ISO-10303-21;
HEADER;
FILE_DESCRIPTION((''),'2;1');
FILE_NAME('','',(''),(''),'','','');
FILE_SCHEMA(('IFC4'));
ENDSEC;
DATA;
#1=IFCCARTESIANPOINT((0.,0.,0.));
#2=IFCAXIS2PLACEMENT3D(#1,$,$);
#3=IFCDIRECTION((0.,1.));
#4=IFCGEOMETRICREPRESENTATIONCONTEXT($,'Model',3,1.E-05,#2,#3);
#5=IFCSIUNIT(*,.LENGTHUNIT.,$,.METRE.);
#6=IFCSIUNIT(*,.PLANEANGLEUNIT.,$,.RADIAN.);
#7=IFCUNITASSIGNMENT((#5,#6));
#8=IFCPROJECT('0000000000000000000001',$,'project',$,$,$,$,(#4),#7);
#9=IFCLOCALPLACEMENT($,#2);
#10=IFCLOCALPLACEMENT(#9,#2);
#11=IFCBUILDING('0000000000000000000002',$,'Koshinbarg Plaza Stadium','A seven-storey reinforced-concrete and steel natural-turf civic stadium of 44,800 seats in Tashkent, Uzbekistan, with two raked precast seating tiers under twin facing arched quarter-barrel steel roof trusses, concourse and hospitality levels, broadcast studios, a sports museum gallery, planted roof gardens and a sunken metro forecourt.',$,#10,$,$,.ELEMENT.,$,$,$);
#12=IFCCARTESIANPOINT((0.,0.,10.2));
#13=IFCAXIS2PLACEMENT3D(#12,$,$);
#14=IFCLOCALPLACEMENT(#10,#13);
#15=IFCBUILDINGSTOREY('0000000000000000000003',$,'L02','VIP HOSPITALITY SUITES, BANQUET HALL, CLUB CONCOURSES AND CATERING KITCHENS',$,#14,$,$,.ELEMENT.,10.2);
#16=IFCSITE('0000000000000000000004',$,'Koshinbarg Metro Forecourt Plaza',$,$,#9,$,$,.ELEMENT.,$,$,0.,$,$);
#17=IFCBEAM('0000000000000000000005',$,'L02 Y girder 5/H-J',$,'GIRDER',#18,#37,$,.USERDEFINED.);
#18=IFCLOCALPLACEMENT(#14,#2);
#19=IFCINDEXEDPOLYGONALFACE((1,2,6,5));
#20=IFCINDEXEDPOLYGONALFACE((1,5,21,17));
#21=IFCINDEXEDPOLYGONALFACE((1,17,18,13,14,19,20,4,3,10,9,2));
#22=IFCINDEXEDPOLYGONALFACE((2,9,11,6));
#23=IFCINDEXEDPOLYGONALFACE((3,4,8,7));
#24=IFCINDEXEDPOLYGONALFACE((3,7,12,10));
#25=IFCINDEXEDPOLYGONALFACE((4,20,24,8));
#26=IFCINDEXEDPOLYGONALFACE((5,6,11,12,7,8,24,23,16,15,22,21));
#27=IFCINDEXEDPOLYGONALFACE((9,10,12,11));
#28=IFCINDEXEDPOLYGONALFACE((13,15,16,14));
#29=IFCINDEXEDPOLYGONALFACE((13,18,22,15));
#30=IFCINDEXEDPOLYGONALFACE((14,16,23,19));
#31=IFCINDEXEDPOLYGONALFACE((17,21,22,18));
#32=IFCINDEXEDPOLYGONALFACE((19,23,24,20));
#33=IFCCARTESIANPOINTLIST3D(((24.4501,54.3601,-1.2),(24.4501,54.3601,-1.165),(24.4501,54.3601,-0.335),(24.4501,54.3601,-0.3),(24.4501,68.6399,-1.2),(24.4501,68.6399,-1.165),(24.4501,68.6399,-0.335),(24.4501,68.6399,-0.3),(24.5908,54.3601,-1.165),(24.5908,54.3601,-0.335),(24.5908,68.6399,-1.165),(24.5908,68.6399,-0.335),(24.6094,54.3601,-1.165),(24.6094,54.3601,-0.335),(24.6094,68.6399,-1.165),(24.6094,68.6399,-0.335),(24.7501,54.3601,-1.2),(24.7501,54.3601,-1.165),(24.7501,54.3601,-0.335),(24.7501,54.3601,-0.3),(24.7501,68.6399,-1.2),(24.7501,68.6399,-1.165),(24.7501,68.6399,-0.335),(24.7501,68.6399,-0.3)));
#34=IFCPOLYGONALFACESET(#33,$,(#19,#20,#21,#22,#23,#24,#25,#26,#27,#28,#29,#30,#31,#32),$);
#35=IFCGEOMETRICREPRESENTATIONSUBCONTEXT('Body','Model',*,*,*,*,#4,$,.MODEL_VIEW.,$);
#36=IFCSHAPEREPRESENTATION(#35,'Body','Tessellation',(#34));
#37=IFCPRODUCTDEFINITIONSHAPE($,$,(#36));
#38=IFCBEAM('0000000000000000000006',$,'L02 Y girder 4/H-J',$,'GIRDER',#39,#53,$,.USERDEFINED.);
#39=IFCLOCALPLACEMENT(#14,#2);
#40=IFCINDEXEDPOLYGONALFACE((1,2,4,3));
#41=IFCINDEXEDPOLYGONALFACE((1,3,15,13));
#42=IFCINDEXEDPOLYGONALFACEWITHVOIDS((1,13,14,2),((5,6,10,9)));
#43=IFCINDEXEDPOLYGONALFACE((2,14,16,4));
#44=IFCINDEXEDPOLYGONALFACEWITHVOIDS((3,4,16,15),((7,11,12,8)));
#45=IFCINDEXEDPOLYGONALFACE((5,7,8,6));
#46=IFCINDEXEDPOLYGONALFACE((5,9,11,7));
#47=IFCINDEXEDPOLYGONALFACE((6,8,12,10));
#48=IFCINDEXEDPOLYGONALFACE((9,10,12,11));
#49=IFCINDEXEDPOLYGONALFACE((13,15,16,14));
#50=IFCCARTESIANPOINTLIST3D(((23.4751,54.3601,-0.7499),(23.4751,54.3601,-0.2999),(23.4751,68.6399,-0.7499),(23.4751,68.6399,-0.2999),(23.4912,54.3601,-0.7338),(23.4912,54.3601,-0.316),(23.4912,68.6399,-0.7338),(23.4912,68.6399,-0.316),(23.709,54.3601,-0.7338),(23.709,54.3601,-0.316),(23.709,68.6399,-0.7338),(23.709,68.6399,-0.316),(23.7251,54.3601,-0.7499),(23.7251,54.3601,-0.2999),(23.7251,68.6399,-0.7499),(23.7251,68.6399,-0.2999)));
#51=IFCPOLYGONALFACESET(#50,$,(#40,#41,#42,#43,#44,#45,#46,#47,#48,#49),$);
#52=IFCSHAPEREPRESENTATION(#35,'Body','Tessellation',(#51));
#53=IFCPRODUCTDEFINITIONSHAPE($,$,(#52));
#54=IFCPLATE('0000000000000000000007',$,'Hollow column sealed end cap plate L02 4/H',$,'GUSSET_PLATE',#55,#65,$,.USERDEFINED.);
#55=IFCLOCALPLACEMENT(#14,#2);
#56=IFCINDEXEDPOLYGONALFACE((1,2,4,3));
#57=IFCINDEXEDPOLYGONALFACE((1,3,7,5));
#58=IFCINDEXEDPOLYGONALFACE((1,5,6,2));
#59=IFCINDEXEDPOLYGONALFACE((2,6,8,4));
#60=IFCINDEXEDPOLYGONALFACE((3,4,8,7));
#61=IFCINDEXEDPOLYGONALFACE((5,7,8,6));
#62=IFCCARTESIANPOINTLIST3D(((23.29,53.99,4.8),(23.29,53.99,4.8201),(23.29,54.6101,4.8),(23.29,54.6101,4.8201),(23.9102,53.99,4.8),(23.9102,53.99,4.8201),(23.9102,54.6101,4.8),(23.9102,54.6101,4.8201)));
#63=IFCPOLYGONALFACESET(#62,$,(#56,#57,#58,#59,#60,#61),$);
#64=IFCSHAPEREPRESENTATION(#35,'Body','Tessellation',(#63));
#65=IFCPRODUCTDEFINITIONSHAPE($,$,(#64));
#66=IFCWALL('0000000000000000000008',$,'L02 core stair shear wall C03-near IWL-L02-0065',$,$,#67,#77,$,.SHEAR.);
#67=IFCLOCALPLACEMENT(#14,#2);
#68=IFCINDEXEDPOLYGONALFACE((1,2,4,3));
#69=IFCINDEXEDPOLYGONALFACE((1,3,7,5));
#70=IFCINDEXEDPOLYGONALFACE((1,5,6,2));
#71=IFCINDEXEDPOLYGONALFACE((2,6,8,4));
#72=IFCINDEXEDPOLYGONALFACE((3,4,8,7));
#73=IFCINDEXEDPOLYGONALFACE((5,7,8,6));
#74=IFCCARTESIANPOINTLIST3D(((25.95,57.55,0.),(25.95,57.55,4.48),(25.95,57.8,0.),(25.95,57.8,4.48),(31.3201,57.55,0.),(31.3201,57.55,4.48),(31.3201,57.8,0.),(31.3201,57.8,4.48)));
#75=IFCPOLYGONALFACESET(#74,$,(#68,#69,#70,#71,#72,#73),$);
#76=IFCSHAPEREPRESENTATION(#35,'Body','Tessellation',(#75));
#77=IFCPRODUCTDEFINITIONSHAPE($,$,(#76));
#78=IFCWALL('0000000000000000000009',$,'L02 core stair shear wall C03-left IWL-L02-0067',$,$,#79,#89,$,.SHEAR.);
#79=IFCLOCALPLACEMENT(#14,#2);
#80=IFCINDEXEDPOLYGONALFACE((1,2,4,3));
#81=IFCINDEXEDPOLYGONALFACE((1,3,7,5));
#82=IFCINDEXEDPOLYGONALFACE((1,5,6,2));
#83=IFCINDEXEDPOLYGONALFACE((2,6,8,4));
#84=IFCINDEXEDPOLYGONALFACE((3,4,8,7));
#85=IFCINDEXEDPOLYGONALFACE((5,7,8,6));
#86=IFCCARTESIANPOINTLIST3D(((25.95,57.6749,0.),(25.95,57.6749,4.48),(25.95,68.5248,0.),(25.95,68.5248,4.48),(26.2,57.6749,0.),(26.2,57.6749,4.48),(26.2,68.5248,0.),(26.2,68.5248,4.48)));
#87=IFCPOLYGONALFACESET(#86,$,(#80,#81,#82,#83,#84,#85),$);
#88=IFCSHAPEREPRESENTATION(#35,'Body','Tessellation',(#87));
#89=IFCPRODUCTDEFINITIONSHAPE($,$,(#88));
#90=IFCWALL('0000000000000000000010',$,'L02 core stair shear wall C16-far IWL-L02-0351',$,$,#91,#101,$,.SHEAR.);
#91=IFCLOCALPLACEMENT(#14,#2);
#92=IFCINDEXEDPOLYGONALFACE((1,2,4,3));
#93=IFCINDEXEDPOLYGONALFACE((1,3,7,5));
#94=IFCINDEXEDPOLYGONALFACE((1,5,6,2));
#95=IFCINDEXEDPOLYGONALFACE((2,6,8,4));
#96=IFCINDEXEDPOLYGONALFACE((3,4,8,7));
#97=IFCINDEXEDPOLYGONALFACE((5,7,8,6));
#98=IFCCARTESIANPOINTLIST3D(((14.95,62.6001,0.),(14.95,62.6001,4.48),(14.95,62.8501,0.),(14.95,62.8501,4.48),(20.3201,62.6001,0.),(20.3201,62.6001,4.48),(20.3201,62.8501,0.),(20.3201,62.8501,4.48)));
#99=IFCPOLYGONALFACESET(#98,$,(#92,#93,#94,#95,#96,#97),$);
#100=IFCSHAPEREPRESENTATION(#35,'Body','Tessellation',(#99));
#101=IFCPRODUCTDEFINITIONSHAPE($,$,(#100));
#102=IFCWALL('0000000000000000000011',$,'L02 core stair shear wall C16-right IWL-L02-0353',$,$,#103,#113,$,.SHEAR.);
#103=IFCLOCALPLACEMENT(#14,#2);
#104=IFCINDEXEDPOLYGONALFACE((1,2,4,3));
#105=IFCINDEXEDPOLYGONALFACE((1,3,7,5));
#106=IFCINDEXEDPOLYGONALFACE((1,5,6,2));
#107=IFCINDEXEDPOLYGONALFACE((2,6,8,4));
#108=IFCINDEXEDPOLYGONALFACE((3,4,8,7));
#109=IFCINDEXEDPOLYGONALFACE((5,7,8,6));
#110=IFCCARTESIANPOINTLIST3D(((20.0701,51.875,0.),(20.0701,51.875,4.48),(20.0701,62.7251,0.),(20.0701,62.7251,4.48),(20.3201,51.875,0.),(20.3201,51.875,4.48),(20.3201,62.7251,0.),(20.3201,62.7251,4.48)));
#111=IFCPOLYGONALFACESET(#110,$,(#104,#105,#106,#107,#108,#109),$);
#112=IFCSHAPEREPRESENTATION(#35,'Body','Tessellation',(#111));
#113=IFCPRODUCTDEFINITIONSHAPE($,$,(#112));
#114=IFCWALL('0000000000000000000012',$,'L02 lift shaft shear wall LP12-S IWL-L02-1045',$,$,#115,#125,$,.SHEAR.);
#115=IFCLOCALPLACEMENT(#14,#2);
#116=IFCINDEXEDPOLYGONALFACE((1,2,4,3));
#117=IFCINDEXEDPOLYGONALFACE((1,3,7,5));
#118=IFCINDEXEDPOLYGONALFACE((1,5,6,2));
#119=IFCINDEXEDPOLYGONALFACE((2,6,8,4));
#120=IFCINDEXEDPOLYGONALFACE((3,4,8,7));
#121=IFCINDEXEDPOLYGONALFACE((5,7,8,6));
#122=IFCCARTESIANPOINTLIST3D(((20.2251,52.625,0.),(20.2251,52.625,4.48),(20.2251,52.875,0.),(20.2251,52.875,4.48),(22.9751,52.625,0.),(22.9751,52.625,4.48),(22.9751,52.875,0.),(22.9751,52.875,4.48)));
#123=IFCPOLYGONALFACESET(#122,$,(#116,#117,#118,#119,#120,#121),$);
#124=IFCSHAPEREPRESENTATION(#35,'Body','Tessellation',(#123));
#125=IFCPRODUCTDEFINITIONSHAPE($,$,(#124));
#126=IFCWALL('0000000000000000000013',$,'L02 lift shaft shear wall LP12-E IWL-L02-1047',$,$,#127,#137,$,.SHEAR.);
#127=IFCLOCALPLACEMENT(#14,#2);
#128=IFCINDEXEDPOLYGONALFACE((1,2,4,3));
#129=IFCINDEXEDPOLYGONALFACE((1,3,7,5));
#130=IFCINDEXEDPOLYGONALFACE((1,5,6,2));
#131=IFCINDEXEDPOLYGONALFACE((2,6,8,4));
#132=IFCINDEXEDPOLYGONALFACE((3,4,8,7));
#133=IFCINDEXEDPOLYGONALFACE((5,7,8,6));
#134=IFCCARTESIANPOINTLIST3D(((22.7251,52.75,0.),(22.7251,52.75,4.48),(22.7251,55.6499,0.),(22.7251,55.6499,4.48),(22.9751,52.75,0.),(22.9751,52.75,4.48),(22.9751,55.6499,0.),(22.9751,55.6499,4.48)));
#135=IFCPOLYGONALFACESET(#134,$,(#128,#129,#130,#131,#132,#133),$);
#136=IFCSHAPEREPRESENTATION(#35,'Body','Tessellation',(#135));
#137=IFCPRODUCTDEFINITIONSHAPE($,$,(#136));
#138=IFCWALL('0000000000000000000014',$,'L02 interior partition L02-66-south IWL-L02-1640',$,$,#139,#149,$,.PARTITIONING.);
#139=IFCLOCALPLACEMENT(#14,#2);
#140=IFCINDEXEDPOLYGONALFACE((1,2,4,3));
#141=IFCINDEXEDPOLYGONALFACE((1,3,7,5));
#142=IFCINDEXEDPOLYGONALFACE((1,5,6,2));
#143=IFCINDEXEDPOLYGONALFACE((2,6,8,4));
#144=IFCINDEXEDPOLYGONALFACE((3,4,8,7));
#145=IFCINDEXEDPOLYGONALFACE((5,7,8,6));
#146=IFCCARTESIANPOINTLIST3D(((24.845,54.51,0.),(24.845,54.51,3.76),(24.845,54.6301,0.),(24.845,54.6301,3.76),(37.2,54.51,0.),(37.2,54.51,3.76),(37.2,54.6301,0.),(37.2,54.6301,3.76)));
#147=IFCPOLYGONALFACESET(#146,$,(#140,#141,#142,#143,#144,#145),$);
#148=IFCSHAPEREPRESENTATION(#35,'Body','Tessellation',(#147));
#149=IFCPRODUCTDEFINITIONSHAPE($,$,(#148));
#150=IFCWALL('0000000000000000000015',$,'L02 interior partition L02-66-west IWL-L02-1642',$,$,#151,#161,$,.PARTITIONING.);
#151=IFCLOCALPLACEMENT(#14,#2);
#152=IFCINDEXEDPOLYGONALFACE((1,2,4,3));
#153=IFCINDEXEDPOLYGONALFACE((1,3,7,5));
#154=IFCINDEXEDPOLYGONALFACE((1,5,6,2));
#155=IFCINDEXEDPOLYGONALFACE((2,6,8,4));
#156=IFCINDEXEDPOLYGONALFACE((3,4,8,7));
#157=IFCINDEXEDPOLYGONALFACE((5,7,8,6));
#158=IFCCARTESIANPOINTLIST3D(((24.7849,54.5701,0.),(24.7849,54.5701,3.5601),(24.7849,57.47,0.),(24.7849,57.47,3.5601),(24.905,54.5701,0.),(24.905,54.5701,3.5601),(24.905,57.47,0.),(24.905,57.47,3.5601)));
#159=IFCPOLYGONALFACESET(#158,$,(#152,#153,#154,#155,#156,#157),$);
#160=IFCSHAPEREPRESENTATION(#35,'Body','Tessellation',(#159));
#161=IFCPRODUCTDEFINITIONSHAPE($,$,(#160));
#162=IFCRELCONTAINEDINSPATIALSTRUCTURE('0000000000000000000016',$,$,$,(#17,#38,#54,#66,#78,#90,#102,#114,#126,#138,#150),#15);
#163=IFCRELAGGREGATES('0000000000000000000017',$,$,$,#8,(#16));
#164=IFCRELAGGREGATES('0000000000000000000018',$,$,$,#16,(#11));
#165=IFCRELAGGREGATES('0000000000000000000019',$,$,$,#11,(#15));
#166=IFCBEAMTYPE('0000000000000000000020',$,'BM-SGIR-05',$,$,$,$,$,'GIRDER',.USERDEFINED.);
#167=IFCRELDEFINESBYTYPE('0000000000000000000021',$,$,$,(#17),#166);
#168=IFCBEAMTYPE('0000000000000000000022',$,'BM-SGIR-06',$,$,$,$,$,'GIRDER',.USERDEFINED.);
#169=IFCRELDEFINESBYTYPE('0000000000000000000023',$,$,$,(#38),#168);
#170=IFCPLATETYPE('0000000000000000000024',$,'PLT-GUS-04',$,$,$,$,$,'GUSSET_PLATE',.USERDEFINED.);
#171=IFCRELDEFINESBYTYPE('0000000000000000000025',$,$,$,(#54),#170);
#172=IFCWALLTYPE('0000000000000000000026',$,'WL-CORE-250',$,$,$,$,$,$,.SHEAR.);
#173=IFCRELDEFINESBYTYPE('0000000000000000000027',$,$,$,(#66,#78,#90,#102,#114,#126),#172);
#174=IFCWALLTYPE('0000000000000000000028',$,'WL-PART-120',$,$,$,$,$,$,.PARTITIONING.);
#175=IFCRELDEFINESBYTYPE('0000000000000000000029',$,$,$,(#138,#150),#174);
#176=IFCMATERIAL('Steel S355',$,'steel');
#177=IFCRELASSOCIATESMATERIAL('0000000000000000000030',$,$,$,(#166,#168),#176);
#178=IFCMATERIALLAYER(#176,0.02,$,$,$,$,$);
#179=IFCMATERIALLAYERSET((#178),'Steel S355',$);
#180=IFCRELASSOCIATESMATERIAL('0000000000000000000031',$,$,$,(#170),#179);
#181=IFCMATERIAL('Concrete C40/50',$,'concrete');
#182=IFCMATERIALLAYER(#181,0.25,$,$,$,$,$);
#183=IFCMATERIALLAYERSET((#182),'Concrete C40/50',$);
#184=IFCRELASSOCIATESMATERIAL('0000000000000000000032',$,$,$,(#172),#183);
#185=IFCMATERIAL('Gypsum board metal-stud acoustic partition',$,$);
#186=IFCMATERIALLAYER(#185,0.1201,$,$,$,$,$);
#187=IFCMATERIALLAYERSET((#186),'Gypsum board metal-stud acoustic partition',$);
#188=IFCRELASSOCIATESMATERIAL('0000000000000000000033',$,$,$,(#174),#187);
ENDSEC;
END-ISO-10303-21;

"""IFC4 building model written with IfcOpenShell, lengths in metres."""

from ifc_helpers import new_model, si_unit, direction, frame, frame_2d, origin, origin_2d, place, context, subcontext, project, spatial, rectangle, hollow_rectangle, i_section, extrude, material, layer, layer_set, material_profile, profile_set, type_object, element, save


model = new_model("IFC4")

# Units and contexts
model_context = context("Model", 3, precision=1e-05, world=origin(), true_north=direction((0.0, 1.0)))
body_context = subcontext(model_context, "Body", "Model", "MODEL_VIEW")
ifc_project = project(units=[si_unit("LENGTHUNIT", "METRE"), si_unit("PLANEANGLEUNIT", "RADIAN")], contexts=[model_context])

# Site, building, storey
site_placement = place(None, origin())
site = spatial("IfcSite", under=ifc_project, at=site_placement, Name="Koshinbarg Metro Forecourt Plaza", CompositionType="ELEMENT", RefElevation=0.0)
building_placement = place(site_placement, origin())
building = spatial("IfcBuilding", under=site, at=building_placement, Name="Koshinbarg Plaza Stadium", Description="A seven-storey reinforced-concrete and steel natural-turf civic stadium of 44,800 seats in Tashkent, Uzbekistan, with two raked precast seating tiers under twin facing arched quarter-barrel steel roof trusses, concourse and hospitality levels, broadcast studios, a sports museum gallery, planted roof gardens and a sunken metro forecourt.", CompositionType="ELEMENT")
storey_placement = place(building_placement, frame((0.0, 0.0, 10.2)))
storey = spatial("IfcBuildingStorey", under=building, at=storey_placement, Name="L02", Description="VIP HOSPITALITY SUITES, BANQUET HALL, CLUB CONCOURSES AND CATERING KITCHENS", CompositionType="ELEMENT", Elevation=10.2)

# Shared definitions
ifc_material_1 = material(Name="Concrete C40/50", Category="concrete")
ifc_material_2 = material(Name="Steel S355", Category="steel")

# Beams
ifc_material_profile_1 = material_profile(ifc_material_2, i_section(OverallWidth=0.3, OverallDepth=0.8999, WebThickness=0.0186, FlangeThickness=0.0349, at=origin_2d()), Name="HEB 900")
ifc_profile_set_1 = profile_set([ifc_material_profile_1], Name="Steel S355")
beam_type_1 = type_object("IfcBeamType", Name="BM-SGIR-05", ElementType="GIRDER", PredefinedType="USERDEFINED", material=ifc_profile_set_1)
beam_1_placement = place(storey_placement, frame((24.6001, 54.3601, -0.75), z_axis=(0.0, 1.0, 0.0), x_axis=(-1.0, 0.0, 0.0)))
element("IfcBeam", 1, at=beam_1_placement, inside=storey, type_object=beam_type_1, Name="L02 Y girder 5/H-J", ObjectType="GIRDER", PredefinedType="USERDEFINED", context=body_context, shape_type="SweptSolid", body=[
    extrude(i_section(OverallWidth=0.3, OverallDepth=0.8999, WebThickness=0.0186, FlangeThickness=0.0349, at=origin_2d()), origin(), (0.0, 0.0, 1.0), 14.2798),
])
ifc_material_profile_2 = material_profile(ifc_material_2, hollow_rectangle(XDim=0.25, YDim=0.45, WallThickness=0.0161, at=origin_2d()), Name="RHS 450x250x16")
ifc_profile_set_2 = profile_set([ifc_material_profile_2], Name="Steel S355")
beam_type_2 = type_object("IfcBeamType", Name="BM-SGIR-06", ElementType="GIRDER", PredefinedType="USERDEFINED", material=ifc_profile_set_2)
beam_2_placement = place(storey_placement, frame((23.6001, 54.3601, -0.5249), z_axis=(0.0, 1.0, 0.0), x_axis=(-1.0, 0.0, 0.0)))
element("IfcBeam", 2, at=beam_2_placement, inside=storey, type_object=beam_type_2, Name="L02 Y girder 4/H-J", ObjectType="GIRDER", PredefinedType="USERDEFINED", context=body_context, shape_type="SweptSolid", body=[
    extrude(hollow_rectangle(XDim=0.25, YDim=0.45, WallThickness=0.0161, at=origin_2d()), origin(), (0.0, 0.0, 1.0), 14.2798),
])

# Plate
ifc_layer_1 = layer(ifc_material_2, 0.02)
ifc_layer_set_1 = layer_set([ifc_layer_1], Name="Steel S355")
plate_type = type_object("IfcPlateType", Name="PLT-GUS-04", ElementType="GUSSET_PLATE", PredefinedType="USERDEFINED", material=ifc_layer_set_1)
plate_placement = place(storey_placement, frame((23.6001, 54.3, 4.8), z_axis=(0.0, 0.0, 1.0), x_axis=(1.0, 0.0, 0.0)))
element("IfcPlate", 3, at=plate_placement, inside=storey, type_object=plate_type, Name="Hollow column sealed end cap plate L02 4/H", ObjectType="GUSSET_PLATE", PredefinedType="USERDEFINED", context=body_context, shape_type="SweptSolid", body=[
    extrude(rectangle(XDim=0.6201, YDim=0.6201, at=origin_2d()), origin(), (0.0, 0.0, 1.0), 0.02),
])

# Walls
ifc_layer_2 = layer(ifc_material_1, 0.25)
ifc_layer_set_2 = layer_set([ifc_layer_2], Name="Concrete C40/50")
wall_type_1 = type_object("IfcWallType", Name="WL-CORE-250", PredefinedType="SHEAR", material=ifc_layer_set_2)
wall_1_placement = place(storey_placement, frame((25.95, 57.675, 0.0), z_axis=(0.0, 0.0, 1.0), x_axis=(1.0, 0.0, 0.0)))
element("IfcWall", 4, at=wall_1_placement, inside=storey, type_object=wall_type_1, Name="L02 core stair shear wall C03-near IWL-L02-0065", PredefinedType="SHEAR", context=body_context, shape_type="SweptSolid", body=[
    extrude(rectangle(XDim=5.3701, YDim=0.25, at=frame_2d((2.6851, 0.0))), origin(), (0.0, 0.0, 1.0), 4.48),
])
wall_2_placement = place(storey_placement, frame((26.075, 57.675, 0.0), z_axis=(0.0, 0.0, 1.0), x_axis=(0.0, 1.0, 0.0)))
element("IfcWall", 5, at=wall_2_placement, inside=storey, type_object=wall_type_1, Name="L02 core stair shear wall C03-left IWL-L02-0067", PredefinedType="SHEAR", context=body_context, shape_type="SweptSolid", body=[
    extrude(rectangle(XDim=10.8499, YDim=0.25, at=frame_2d((5.4248, 0.0))), origin(), (0.0, 0.0, 1.0), 4.48),
])
wall_3_placement = place(storey_placement, frame((20.3201, 62.7251, 0.0), z_axis=(0.0, 0.0, 1.0), x_axis=(-1.0, 0.0, 0.0)))
element("IfcWall", 6, at=wall_3_placement, inside=storey, type_object=wall_type_1, Name="L02 core stair shear wall C16-far IWL-L02-0351", PredefinedType="SHEAR", context=body_context, shape_type="SweptSolid", body=[
    extrude(rectangle(XDim=5.3701, YDim=0.25, at=frame_2d((2.6851, 0.0))), origin(), (0.0, 0.0, 1.0), 4.48),
])
wall_4_placement = place(storey_placement, frame((20.1951, 51.875, 0.0), z_axis=(0.0, 0.0, 1.0), x_axis=(0.0, 1.0, 0.0)))
element("IfcWall", 7, at=wall_4_placement, inside=storey, type_object=wall_type_1, Name="L02 core stair shear wall C16-right IWL-L02-0353", PredefinedType="SHEAR", context=body_context, shape_type="SweptSolid", body=[
    extrude(rectangle(XDim=10.8501, YDim=0.25, at=frame_2d((5.425, 0.0))), origin(), (0.0, 0.0, 1.0), 4.48),
])
wall_5_placement = place(storey_placement, frame((20.2251, 52.75, 0.0), z_axis=(0.0, 0.0, 1.0), x_axis=(1.0, 0.0, 0.0)))
element("IfcWall", 8, at=wall_5_placement, inside=storey, type_object=wall_type_1, Name="L02 lift shaft shear wall LP12-S IWL-L02-1045", PredefinedType="SHEAR", context=body_context, shape_type="SweptSolid", body=[
    extrude(rectangle(XDim=2.75, YDim=0.25, at=frame_2d((1.375, 0.0))), origin(), (0.0, 0.0, 1.0), 4.48),
])

# Walls
wall_6_placement = place(storey_placement, frame((22.8501, 52.75, 0.0), z_axis=(0.0, 0.0, 1.0), x_axis=(0.0, 1.0, 0.0)))
element("IfcWall", 9, at=wall_6_placement, inside=storey, type_object=wall_type_1, Name="L02 lift shaft shear wall LP12-E IWL-L02-1047", PredefinedType="SHEAR", context=body_context, shape_type="SweptSolid", body=[
    extrude(rectangle(XDim=2.8999, YDim=0.25, at=frame_2d((1.45, 0.0))), origin(), (0.0, 0.0, 1.0), 4.48),
])
ifc_material_3 = material(Name="Gypsum board metal-stud acoustic partition")
ifc_layer_3 = layer(ifc_material_3, 0.1201)
ifc_layer_set_3 = layer_set([ifc_layer_3], Name="Gypsum board metal-stud acoustic partition")
wall_type_2 = type_object("IfcWallType", Name="WL-PART-120", PredefinedType="PARTITIONING", material=ifc_layer_set_3)
wall_7_placement = place(storey_placement, frame((24.845, 54.5701, 0.0), z_axis=(0.0, 0.0, 1.0), x_axis=(1.0, 0.0, 0.0)))
element("IfcWall", 10, at=wall_7_placement, inside=storey, type_object=wall_type_2, Name="L02 interior partition L02-66-south IWL-L02-1640", PredefinedType="PARTITIONING", context=body_context, shape_type="SweptSolid", body=[
    extrude(rectangle(XDim=12.355, YDim=0.1201, at=frame_2d((6.1775, 0.0))), origin(), (0.0, 0.0, 1.0), 3.76),
])
wall_8_placement = place(storey_placement, frame((24.845, 57.47, 0.0), z_axis=(0.0, 0.0, 1.0), x_axis=(0.0, -1.0, 0.0)))
element("IfcWall", 11, at=wall_8_placement, inside=storey, type_object=wall_type_2, Name="L02 interior partition L02-66-west IWL-L02-1642", PredefinedType="PARTITIONING", context=body_context, shape_type="SweptSolid", body=[
    extrude(rectangle(XDim=2.8999, YDim=0.1201, at=frame_2d((1.45, 0.0))), origin(), (0.0, 0.0, 1.0), 3.5601),
])

save(model, "model.ifc")
